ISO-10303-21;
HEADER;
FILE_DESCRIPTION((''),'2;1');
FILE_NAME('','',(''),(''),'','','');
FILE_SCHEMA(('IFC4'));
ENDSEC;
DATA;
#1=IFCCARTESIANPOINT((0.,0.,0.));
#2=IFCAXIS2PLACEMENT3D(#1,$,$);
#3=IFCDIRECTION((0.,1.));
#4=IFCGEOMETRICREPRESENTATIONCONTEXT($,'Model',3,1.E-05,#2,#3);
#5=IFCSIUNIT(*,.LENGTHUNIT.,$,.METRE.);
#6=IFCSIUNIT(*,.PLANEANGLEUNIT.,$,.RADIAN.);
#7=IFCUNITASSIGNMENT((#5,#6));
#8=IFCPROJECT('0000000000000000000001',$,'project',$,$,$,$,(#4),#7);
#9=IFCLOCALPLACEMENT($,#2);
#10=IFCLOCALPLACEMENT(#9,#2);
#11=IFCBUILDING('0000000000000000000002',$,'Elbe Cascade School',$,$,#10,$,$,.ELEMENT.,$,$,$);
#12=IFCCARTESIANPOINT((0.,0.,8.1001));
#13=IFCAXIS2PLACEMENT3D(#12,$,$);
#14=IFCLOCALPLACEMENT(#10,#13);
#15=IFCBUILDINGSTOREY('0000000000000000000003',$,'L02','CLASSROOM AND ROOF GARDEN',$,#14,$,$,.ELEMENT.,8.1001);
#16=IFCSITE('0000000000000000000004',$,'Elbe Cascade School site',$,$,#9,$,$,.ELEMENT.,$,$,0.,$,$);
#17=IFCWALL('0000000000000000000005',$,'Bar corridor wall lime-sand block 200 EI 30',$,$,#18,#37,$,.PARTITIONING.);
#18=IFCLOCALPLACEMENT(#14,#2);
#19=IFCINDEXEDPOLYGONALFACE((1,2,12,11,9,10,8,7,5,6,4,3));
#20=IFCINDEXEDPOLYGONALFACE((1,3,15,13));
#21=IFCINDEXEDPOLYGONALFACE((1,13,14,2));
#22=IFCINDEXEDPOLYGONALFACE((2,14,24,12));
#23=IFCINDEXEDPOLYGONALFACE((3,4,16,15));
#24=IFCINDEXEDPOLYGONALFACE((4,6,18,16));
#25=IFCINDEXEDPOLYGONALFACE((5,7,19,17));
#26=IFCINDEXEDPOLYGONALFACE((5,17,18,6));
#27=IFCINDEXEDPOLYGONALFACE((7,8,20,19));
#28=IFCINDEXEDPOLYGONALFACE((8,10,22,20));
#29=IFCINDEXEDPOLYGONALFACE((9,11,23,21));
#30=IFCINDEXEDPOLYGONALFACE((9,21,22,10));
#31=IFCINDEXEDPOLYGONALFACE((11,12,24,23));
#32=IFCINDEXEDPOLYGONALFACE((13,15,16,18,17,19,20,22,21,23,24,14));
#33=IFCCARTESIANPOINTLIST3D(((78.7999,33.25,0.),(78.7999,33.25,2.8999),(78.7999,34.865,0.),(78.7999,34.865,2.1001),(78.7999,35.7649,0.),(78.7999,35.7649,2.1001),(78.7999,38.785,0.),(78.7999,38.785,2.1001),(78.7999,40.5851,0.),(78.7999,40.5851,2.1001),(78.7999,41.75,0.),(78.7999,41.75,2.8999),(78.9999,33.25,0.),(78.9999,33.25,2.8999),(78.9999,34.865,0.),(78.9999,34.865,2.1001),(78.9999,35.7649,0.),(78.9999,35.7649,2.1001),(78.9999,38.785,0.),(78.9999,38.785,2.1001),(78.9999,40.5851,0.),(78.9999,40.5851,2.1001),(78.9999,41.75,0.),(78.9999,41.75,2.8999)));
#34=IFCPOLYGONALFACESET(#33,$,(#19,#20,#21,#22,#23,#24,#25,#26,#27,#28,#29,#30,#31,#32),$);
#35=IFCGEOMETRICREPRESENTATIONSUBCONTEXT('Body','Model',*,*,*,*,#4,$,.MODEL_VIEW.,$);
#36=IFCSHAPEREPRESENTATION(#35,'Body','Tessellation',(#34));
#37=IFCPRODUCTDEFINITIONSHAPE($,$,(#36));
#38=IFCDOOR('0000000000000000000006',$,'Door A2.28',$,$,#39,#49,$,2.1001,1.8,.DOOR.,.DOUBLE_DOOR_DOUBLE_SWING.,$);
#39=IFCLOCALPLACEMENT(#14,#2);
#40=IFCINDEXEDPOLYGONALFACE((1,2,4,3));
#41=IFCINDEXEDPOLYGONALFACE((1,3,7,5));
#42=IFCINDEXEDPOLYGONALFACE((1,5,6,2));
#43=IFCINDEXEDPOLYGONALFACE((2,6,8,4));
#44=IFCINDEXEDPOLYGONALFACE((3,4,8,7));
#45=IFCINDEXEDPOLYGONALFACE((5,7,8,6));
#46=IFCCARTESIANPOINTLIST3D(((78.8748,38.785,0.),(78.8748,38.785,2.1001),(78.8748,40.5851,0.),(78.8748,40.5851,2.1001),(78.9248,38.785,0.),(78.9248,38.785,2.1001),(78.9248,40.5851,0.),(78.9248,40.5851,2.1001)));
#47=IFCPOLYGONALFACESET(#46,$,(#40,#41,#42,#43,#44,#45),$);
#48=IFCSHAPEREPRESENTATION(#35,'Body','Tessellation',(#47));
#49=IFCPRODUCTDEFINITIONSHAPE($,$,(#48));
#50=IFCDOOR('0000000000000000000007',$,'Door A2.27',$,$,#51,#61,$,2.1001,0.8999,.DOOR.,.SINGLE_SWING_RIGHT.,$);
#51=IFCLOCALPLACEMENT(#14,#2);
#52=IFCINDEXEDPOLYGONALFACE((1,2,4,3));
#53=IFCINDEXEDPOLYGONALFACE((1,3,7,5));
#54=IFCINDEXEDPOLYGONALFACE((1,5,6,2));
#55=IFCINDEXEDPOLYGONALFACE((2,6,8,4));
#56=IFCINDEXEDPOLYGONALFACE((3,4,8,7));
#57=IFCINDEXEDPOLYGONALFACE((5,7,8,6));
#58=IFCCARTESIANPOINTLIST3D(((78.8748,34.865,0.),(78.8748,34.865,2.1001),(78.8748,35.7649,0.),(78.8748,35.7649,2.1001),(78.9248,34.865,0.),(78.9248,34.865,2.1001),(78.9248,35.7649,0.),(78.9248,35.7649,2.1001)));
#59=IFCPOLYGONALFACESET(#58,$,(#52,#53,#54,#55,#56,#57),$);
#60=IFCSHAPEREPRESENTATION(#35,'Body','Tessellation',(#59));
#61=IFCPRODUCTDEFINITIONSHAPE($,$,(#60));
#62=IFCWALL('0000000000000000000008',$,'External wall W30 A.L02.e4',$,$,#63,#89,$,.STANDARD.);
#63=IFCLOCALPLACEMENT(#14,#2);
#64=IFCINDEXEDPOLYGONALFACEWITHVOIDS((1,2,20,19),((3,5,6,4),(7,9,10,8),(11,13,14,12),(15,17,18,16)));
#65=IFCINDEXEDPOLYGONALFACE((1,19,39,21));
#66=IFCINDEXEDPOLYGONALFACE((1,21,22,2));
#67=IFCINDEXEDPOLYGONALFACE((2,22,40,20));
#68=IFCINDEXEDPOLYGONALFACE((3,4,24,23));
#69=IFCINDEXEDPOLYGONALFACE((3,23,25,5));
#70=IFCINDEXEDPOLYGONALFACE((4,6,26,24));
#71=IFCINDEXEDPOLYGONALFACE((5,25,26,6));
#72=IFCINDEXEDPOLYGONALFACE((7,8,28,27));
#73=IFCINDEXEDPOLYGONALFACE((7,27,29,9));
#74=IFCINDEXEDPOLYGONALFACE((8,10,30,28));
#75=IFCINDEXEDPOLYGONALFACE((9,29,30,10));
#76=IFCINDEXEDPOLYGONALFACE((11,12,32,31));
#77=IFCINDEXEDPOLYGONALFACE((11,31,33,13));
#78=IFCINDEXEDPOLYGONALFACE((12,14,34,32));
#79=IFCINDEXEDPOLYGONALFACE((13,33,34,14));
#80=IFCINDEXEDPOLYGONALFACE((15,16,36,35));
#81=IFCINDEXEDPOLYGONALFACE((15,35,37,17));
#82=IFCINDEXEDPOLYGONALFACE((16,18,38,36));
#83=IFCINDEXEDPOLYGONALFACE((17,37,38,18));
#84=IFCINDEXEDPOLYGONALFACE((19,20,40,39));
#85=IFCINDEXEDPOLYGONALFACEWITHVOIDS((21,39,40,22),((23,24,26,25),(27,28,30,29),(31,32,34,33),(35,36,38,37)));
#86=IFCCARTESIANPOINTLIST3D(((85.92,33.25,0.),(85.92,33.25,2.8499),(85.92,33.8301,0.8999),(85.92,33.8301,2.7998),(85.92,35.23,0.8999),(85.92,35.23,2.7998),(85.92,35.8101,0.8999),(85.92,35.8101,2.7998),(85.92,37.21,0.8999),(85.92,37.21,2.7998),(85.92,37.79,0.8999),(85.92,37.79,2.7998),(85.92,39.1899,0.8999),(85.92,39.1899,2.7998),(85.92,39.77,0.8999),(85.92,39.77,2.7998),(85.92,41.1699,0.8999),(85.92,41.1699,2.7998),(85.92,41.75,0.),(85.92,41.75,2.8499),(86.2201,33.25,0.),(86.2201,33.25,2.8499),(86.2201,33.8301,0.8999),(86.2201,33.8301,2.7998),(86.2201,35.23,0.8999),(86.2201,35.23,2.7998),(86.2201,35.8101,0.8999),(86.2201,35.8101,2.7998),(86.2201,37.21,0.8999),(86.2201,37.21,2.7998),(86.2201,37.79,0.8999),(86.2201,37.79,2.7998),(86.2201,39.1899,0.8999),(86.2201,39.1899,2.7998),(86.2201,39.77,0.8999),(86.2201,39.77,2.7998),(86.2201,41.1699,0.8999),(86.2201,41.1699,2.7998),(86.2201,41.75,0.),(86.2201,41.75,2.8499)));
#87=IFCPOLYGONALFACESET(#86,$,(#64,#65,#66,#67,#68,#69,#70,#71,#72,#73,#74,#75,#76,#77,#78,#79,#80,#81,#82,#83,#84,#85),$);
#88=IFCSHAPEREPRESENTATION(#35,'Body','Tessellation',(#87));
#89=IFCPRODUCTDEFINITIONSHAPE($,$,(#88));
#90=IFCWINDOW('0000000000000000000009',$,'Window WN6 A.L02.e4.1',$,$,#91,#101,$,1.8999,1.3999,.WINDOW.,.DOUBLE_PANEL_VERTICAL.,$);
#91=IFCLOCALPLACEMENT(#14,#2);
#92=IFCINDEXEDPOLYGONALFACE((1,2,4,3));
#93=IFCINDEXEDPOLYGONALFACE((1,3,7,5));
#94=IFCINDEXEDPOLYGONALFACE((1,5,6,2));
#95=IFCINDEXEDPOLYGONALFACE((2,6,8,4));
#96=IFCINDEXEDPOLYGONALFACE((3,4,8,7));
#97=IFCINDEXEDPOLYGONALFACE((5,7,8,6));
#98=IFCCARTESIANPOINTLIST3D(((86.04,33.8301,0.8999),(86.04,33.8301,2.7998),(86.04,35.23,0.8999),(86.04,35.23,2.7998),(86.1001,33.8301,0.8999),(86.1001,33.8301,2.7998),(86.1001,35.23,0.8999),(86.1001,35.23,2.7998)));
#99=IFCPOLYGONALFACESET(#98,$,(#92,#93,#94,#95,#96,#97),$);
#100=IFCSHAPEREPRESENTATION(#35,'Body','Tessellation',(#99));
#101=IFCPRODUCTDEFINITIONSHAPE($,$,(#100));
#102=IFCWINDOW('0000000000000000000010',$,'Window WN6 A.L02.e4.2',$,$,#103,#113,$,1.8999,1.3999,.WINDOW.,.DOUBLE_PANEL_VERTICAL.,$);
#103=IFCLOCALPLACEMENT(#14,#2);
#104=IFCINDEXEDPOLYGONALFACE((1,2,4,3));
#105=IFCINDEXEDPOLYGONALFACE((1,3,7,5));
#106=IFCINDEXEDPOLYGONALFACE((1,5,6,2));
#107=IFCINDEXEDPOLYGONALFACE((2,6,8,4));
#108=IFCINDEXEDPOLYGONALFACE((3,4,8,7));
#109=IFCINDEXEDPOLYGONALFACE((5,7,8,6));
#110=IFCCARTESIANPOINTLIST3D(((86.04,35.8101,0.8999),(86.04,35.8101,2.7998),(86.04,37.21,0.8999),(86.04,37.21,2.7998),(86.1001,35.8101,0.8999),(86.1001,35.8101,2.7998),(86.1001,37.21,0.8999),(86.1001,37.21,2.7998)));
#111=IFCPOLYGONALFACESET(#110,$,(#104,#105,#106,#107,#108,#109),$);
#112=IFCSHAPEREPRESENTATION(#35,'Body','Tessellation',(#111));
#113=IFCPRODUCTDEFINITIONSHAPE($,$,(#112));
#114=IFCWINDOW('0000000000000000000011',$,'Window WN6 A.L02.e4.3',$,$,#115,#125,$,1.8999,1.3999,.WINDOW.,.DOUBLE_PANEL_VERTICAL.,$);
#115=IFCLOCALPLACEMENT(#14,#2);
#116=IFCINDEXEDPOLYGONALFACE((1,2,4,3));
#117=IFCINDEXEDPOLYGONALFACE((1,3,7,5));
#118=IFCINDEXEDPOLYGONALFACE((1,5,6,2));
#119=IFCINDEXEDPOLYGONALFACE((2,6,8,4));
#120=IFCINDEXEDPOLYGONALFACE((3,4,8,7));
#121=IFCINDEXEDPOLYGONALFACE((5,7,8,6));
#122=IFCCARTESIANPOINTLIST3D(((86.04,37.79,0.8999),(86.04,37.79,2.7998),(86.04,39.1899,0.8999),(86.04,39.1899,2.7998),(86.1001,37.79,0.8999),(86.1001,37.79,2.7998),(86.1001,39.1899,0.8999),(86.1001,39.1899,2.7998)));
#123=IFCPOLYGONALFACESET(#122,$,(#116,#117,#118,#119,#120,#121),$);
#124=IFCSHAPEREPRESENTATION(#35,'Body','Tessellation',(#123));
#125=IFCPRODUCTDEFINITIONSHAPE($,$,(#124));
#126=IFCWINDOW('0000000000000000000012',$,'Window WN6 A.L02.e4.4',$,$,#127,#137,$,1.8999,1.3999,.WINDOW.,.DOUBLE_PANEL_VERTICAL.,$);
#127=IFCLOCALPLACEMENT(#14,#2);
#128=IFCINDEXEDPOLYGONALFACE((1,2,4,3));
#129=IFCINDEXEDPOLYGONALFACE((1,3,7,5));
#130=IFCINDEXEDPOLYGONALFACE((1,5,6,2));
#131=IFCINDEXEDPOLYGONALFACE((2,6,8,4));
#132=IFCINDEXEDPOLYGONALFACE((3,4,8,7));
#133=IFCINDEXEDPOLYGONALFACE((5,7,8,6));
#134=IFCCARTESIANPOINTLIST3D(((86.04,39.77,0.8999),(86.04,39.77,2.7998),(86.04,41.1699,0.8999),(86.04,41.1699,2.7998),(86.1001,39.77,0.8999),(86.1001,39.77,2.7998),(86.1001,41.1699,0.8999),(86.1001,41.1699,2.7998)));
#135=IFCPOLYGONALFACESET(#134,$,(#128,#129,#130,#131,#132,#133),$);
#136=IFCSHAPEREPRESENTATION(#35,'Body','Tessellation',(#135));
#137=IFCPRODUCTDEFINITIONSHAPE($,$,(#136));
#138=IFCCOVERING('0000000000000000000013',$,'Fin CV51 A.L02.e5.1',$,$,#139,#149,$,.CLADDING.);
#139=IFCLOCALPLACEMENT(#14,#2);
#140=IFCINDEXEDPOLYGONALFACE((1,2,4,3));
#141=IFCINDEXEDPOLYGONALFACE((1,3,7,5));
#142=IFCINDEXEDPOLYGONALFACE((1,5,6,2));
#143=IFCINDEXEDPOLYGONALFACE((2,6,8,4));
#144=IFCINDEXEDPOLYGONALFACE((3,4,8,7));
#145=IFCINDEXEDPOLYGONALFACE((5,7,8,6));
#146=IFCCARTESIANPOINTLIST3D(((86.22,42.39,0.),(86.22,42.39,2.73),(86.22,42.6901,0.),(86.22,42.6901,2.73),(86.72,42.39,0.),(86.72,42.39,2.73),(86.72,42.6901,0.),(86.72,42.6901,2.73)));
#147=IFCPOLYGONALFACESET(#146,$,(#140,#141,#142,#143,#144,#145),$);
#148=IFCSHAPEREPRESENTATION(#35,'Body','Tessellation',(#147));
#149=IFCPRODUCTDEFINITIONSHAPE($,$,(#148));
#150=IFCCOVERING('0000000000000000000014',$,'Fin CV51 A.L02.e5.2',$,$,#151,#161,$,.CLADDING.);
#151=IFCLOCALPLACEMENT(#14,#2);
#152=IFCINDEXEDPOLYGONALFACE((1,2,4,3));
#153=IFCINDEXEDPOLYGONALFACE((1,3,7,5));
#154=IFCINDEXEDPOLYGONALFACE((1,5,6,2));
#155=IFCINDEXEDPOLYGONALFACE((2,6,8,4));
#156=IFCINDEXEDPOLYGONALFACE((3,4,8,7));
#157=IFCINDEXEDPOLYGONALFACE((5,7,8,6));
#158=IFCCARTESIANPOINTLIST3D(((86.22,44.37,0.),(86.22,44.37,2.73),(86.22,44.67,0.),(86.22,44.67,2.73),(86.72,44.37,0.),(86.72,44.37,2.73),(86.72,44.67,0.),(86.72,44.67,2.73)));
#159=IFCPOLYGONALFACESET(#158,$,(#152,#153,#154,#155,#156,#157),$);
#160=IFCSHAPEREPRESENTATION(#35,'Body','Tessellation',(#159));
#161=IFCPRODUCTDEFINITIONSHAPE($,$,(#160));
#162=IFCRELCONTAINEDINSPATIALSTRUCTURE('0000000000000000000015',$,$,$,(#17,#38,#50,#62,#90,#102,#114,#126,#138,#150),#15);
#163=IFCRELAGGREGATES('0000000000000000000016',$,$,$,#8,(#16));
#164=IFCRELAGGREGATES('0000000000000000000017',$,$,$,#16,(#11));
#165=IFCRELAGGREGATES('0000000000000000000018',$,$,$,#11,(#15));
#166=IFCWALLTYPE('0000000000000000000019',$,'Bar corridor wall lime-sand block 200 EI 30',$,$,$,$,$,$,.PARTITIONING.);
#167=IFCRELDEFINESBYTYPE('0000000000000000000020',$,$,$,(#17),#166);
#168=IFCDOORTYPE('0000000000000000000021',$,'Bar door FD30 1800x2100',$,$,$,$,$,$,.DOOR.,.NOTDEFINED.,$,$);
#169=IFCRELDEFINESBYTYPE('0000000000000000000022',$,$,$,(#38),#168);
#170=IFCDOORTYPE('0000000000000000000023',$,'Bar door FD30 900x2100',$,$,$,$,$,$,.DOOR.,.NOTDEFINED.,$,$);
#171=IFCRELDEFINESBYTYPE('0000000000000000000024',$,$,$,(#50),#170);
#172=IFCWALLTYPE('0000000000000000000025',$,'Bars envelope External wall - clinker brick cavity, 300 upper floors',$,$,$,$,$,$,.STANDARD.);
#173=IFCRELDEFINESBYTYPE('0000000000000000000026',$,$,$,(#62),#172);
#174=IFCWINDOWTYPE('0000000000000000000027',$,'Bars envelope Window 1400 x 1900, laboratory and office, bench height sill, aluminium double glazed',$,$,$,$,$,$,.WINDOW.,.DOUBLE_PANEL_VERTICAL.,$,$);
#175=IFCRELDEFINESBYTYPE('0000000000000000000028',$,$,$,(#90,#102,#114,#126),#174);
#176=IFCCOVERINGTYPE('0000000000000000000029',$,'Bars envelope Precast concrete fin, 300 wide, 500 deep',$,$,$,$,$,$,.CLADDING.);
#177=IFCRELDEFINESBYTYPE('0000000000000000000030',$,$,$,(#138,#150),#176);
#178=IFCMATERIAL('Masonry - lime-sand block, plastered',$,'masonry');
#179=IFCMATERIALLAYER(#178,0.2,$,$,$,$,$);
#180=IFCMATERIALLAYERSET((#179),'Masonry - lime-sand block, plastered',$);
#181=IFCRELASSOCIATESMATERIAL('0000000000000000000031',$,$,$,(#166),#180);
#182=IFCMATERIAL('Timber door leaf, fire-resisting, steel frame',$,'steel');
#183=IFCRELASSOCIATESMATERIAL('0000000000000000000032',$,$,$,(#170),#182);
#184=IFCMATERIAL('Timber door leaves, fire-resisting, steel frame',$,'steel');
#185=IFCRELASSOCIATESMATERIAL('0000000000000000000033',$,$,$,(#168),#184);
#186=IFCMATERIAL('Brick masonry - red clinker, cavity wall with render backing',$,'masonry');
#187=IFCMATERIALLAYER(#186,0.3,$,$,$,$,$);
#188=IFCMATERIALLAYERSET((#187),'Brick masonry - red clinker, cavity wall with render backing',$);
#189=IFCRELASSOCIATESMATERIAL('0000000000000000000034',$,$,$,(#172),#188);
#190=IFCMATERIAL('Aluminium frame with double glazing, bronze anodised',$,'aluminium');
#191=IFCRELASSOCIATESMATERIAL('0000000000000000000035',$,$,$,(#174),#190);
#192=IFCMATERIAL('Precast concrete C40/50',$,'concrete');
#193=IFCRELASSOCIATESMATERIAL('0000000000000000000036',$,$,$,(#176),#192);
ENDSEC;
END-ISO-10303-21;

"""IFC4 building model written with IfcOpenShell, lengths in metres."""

from ifc_helpers import new_model, si_unit, direction, frame, frame_2d, origin, origin_2d, place, context, subcontext, project, spatial, rectangle, extrude, material, layer, layer_set, type_object, element, fill, save


model = new_model("IFC4")

# Units and contexts
model_context = context("Model", 3, precision=1e-05, world=origin(), true_north=direction((0.0, 1.0)))
body_context = subcontext(model_context, "Body", "Model", "MODEL_VIEW")
ifc_project = project(units=[si_unit("LENGTHUNIT", "METRE"), si_unit("PLANEANGLEUNIT", "RADIAN")], contexts=[model_context])

# Site, building, storey
site_placement = place(None, origin())
site = spatial("IfcSite", under=ifc_project, at=site_placement, Name="Elbe Cascade School site", CompositionType="ELEMENT", RefElevation=0.0)
building_placement = place(site_placement, origin())
building = spatial("IfcBuilding", under=site, at=building_placement, Name="Elbe Cascade School", CompositionType="ELEMENT")
storey_placement = place(building_placement, frame((0.0, 0.0, 8.1001)))
storey = spatial("IfcBuildingStorey", under=building, at=storey_placement, Name="L02", Description="CLASSROOM AND ROOF GARDEN", CompositionType="ELEMENT", Elevation=8.1001)

# Shared definitions
ifc_material_1 = material(Name="Masonry - lime-sand block, plastered", Category="masonry")
ifc_layer_1 = layer(ifc_material_1, 0.2)
ifc_layer_set_1 = layer_set([ifc_layer_1], Name="Masonry - lime-sand block, plastered")
wall_type_1 = type_object("IfcWallType", Name="Bar corridor wall lime-sand block 200 EI 30", PredefinedType="PARTITIONING", material=ifc_layer_set_1)
ifc_material_2 = material(Name="Timber door leaf, fire-resisting, steel frame", Category="steel")
door_type_1 = type_object("IfcDoorType", Name="Bar door FD30 900x2100", OperationType="NOTDEFINED", PredefinedType="DOOR", material=ifc_material_2)

# Wall, openings, doors
wall_1_placement = place(storey_placement, frame((78.8999, 41.75, 0.0), z_axis=(0.0, 0.0, 1.0), x_axis=(0.0, -1.0, 0.0)))
wall_1 = element("IfcWall", 1, at=wall_1_placement, inside=storey, type_object=wall_type_1, Name="Bar corridor wall lime-sand block 200 EI 30", PredefinedType="PARTITIONING", context=body_context, shape_type="SweptSolid", body=[
    extrude(rectangle(XDim=8.5, YDim=0.2, at=frame_2d((4.25, 0.0))), origin(), (0.0, 0.0, 1.0), 2.8999),
])
opening_1_placement = place(wall_1_placement, frame((5.9851, 0.0, 0.0)))
opening_1 = element("IfcOpeningElement", 2, at=opening_1_placement, cuts=wall_1, PredefinedType="OPENING", context=body_context, shape_type="SweptSolid", body=[
    extrude(rectangle(XDim=0.8999, YDim=2.1001, at=frame_2d((0.45, 1.05))), frame((0.0, 0.1099, 0.0), z_axis=(0.0, -1.0, 0.0), x_axis=(1.0, 0.0, 0.0)), (0.0, 0.0, 1.0), 0.22),
])
opening_2_placement = place(wall_1_placement, frame((1.165, 0.0, 0.0)))
opening_2 = element("IfcOpeningElement", 3, at=opening_2_placement, cuts=wall_1, PredefinedType="OPENING", context=body_context, shape_type="SweptSolid", body=[
    extrude(rectangle(XDim=1.8, YDim=2.1001, at=frame_2d((0.8999, 1.05))), frame((0.0, 0.1099, 0.0), z_axis=(0.0, -1.0, 0.0), x_axis=(1.0, 0.0, 0.0)), (0.0, 0.0, 1.0), 0.22),
])
ifc_material_3 = material(Name="Timber door leaves, fire-resisting, steel frame", Category="steel")
door_type_2 = type_object("IfcDoorType", Name="Bar door FD30 1800x2100", OperationType="NOTDEFINED", PredefinedType="DOOR", material=ifc_material_3)
door_1_placement = place(opening_2_placement, origin())
door_1 = element("IfcDoor", 4, at=door_1_placement, inside=storey, type_object=door_type_2, Name="Door A2.28", OperationType="DOUBLE_DOOR_DOUBLE_SWING", OverallHeight=2.1001, OverallWidth=1.8, PredefinedType="DOOR", context=body_context, shape_type="SweptSolid", body=[
    extrude(rectangle(XDim=1.8, YDim=2.1001, at=frame_2d((0.8999, 1.05))), frame((0.0, 0.0249, 0.0), z_axis=(0.0, -1.0, 0.0), x_axis=(1.0, 0.0, 0.0)), (0.0, 0.0, 1.0), 0.05),
])
fill(opening_2, door_1)
door_2_placement = place(opening_1_placement, origin())
door_2 = element("IfcDoor", 5, at=door_2_placement, inside=storey, type_object=door_type_1, Name="Door A2.27", OperationType="SINGLE_SWING_RIGHT", OverallHeight=2.1001, OverallWidth=0.8999, PredefinedType="DOOR", context=body_context, shape_type="SweptSolid", body=[
    extrude(rectangle(XDim=0.8999, YDim=2.1001, at=frame_2d((0.45, 1.05))), frame((0.0, 0.0249, 0.0), z_axis=(0.0, -1.0, 0.0), x_axis=(1.0, 0.0, 0.0)), (0.0, 0.0, 1.0), 0.05),
])
fill(opening_1, door_2)

# Wall, openings, windows
ifc_material_4 = material(Name="Brick masonry - red clinker, cavity wall with render backing", Category="masonry")
ifc_layer_2 = layer(ifc_material_4, 0.3)
ifc_layer_set_2 = layer_set([ifc_layer_2], Name="Brick masonry - red clinker, cavity wall with render backing")
wall_type_2 = type_object("IfcWallType", Name="Bars envelope External wall - clinker brick cavity, 300 upper floors", PredefinedType="STANDARD", material=ifc_layer_set_2)
wall_2_placement = place(storey_placement, frame((86.0701, 41.75, 0.0), z_axis=(0.0, 0.0, 1.0), x_axis=(0.0, -1.0, 0.0)))
wall_2 = element("IfcWall", 6, at=wall_2_placement, inside=storey, type_object=wall_type_2, Name="External wall W30 A.L02.e4", PredefinedType="STANDARD", context=body_context, shape_type="SweptSolid", body=[
    extrude(rectangle(XDim=8.5, YDim=0.3, at=frame_2d((4.25, 0.0))), origin(), (0.0, 0.0, 1.0), 2.8499),
])
opening_3_placement = place(wall_2_placement, frame((6.52, 0.0, 0.8999)))
opening_3 = element("IfcOpeningElement", 7, at=opening_3_placement, cuts=wall_2, PredefinedType="OPENING", context=body_context, shape_type="SweptSolid", body=[
    extrude(rectangle(XDim=1.3999, YDim=1.8999, at=frame_2d((0.7, 0.95))), frame((0.0, 0.1599, 0.0), z_axis=(0.0, -1.0, 0.0), x_axis=(1.0, 0.0, 0.0)), (0.0, 0.0, 1.0), 0.3201),
])
opening_4_placement = place(wall_2_placement, frame((4.54, 0.0, 0.8999)))
opening_4 = element("IfcOpeningElement", 8, at=opening_4_placement, cuts=wall_2, PredefinedType="OPENING", context=body_context, shape_type="SweptSolid", body=[
    extrude(rectangle(XDim=1.3999, YDim=1.8999, at=frame_2d((0.7, 0.95))), frame((0.0, 0.1599, 0.0), z_axis=(0.0, -1.0, 0.0), x_axis=(1.0, 0.0, 0.0)), (0.0, 0.0, 1.0), 0.3201),
])
opening_5_placement = place(wall_2_placement, frame((2.5601, 0.0, 0.8999)))
opening_5 = element("IfcOpeningElement", 9, at=opening_5_placement, cuts=wall_2, PredefinedType="OPENING", context=body_context, shape_type="SweptSolid", body=[
    extrude(rectangle(XDim=1.3999, YDim=1.8999, at=frame_2d((0.7, 0.95))), frame((0.0, 0.1599, 0.0), z_axis=(0.0, -1.0, 0.0), x_axis=(1.0, 0.0, 0.0)), (0.0, 0.0, 1.0), 0.3201),
])
opening_6_placement = place(wall_2_placement, frame((0.5801, 0.0, 0.8999)))
opening_6 = element("IfcOpeningElement", 10, at=opening_6_placement, cuts=wall_2, PredefinedType="OPENING", context=body_context, shape_type="SweptSolid", body=[
    extrude(rectangle(XDim=1.3999, YDim=1.8999, at=frame_2d((0.7, 0.95))), frame((0.0, 0.1599, 0.0), z_axis=(0.0, -1.0, 0.0), x_axis=(1.0, 0.0, 0.0)), (0.0, 0.0, 1.0), 0.3201),
])
ifc_material_5 = material(Name="Aluminium frame with double glazing, bronze anodised", Category="aluminium")
window_type = type_object("IfcWindowType", Name="Bars envelope Window 1400 x 1900, laboratory and office, bench height sill, aluminium double glazed", PartitioningType="DOUBLE_PANEL_VERTICAL", PredefinedType="WINDOW", material=ifc_material_5)
window_1_placement = place(opening_3_placement, origin())
window_1 = element("IfcWindow", 11, at=window_1_placement, inside=storey, type_object=window_type, Name="Window WN6 A.L02.e4.1", OverallHeight=1.8999, OverallWidth=1.3999, PartitioningType="DOUBLE_PANEL_VERTICAL", PredefinedType="WINDOW", context=body_context, shape_type="SweptSolid", body=[
    extrude(rectangle(XDim=1.3999, YDim=1.8999, at=frame_2d((0.7, 0.95))), frame((0.0, 0.03, 0.0), z_axis=(0.0, -1.0, 0.0), x_axis=(1.0, 0.0, 0.0)), (0.0, 0.0, 1.0), 0.0601),
])
fill(opening_3, window_1)
window_2_placement = place(opening_4_placement, origin())
window_2 = element("IfcWindow", 12, at=window_2_placement, inside=storey, type_object=window_type, Name="Window WN6 A.L02.e4.2", OverallHeight=1.8999, OverallWidth=1.3999, PartitioningType="DOUBLE_PANEL_VERTICAL", PredefinedType="WINDOW", context=body_context, shape_type="SweptSolid", body=[
    extrude(rectangle(XDim=1.3999, YDim=1.8999, at=frame_2d((0.7, 0.95))), frame((0.0, 0.03, 0.0), z_axis=(0.0, -1.0, 0.0), x_axis=(1.0, 0.0, 0.0)), (0.0, 0.0, 1.0), 0.0601),
])
fill(opening_4, window_2)
window_3_placement = place(opening_5_placement, origin())
window_3 = element("IfcWindow", 13, at=window_3_placement, inside=storey, type_object=window_type, Name="Window WN6 A.L02.e4.3", OverallHeight=1.8999, OverallWidth=1.3999, PartitioningType="DOUBLE_PANEL_VERTICAL", PredefinedType="WINDOW", context=body_context, shape_type="SweptSolid", body=[
    extrude(rectangle(XDim=1.3999, YDim=1.8999, at=frame_2d((0.7, 0.95))), frame((0.0, 0.03, 0.0), z_axis=(0.0, -1.0, 0.0), x_axis=(1.0, 0.0, 0.0)), (0.0, 0.0, 1.0), 0.0601),
])
fill(opening_5, window_3)
window_4_placement = place(opening_6_placement, origin())
window_4 = element("IfcWindow", 14, at=window_4_placement, inside=storey, type_object=window_type, Name="Window WN6 A.L02.e4.4", OverallHeight=1.8999, OverallWidth=1.3999, PartitioningType="DOUBLE_PANEL_VERTICAL", PredefinedType="WINDOW", context=body_context, shape_type="SweptSolid", body=[
    extrude(rectangle(XDim=1.3999, YDim=1.8999, at=frame_2d((0.7, 0.95))), frame((0.0, 0.03, 0.0), z_axis=(0.0, -1.0, 0.0), x_axis=(1.0, 0.0, 0.0)), (0.0, 0.0, 1.0), 0.0601),
])
fill(opening_6, window_4)

# Coverings
ifc_material_6 = material(Name="Precast concrete C40/50", Category="concrete")
covering_type_1 = type_object("IfcCoveringType", Name="Bars envelope Precast concrete fin, 300 wide, 500 deep", PredefinedType="CLADDING", material=ifc_material_6)
for number, where, z_axis, x_axis, name in (
    (15, (86.47, 42.54, 0.0), (0.0, 0.0, 1.0), (0.0, 1.0, 0.0), "Fin CV51 A.L02.e5.1"),
    (16, (86.47, 44.52, 0.0), (0.0, 0.0, 1.0), (0.0, 1.0, 0.0), "Fin CV51 A.L02.e5.2"),
):
    element("IfcCovering", number, at=place(storey_placement, frame(where, z_axis=z_axis, x_axis=x_axis)), inside=storey, type_object=covering_type_1, Name=name, PredefinedType="CLADDING", context=body_context, shape_type="SweptSolid", body=[
        extrude(rectangle(XDim=0.3, YDim=0.5, at=origin_2d()), origin(), (0.0, 0.0, 1.0), 2.73),
    ])

save(model, "model.ifc")
